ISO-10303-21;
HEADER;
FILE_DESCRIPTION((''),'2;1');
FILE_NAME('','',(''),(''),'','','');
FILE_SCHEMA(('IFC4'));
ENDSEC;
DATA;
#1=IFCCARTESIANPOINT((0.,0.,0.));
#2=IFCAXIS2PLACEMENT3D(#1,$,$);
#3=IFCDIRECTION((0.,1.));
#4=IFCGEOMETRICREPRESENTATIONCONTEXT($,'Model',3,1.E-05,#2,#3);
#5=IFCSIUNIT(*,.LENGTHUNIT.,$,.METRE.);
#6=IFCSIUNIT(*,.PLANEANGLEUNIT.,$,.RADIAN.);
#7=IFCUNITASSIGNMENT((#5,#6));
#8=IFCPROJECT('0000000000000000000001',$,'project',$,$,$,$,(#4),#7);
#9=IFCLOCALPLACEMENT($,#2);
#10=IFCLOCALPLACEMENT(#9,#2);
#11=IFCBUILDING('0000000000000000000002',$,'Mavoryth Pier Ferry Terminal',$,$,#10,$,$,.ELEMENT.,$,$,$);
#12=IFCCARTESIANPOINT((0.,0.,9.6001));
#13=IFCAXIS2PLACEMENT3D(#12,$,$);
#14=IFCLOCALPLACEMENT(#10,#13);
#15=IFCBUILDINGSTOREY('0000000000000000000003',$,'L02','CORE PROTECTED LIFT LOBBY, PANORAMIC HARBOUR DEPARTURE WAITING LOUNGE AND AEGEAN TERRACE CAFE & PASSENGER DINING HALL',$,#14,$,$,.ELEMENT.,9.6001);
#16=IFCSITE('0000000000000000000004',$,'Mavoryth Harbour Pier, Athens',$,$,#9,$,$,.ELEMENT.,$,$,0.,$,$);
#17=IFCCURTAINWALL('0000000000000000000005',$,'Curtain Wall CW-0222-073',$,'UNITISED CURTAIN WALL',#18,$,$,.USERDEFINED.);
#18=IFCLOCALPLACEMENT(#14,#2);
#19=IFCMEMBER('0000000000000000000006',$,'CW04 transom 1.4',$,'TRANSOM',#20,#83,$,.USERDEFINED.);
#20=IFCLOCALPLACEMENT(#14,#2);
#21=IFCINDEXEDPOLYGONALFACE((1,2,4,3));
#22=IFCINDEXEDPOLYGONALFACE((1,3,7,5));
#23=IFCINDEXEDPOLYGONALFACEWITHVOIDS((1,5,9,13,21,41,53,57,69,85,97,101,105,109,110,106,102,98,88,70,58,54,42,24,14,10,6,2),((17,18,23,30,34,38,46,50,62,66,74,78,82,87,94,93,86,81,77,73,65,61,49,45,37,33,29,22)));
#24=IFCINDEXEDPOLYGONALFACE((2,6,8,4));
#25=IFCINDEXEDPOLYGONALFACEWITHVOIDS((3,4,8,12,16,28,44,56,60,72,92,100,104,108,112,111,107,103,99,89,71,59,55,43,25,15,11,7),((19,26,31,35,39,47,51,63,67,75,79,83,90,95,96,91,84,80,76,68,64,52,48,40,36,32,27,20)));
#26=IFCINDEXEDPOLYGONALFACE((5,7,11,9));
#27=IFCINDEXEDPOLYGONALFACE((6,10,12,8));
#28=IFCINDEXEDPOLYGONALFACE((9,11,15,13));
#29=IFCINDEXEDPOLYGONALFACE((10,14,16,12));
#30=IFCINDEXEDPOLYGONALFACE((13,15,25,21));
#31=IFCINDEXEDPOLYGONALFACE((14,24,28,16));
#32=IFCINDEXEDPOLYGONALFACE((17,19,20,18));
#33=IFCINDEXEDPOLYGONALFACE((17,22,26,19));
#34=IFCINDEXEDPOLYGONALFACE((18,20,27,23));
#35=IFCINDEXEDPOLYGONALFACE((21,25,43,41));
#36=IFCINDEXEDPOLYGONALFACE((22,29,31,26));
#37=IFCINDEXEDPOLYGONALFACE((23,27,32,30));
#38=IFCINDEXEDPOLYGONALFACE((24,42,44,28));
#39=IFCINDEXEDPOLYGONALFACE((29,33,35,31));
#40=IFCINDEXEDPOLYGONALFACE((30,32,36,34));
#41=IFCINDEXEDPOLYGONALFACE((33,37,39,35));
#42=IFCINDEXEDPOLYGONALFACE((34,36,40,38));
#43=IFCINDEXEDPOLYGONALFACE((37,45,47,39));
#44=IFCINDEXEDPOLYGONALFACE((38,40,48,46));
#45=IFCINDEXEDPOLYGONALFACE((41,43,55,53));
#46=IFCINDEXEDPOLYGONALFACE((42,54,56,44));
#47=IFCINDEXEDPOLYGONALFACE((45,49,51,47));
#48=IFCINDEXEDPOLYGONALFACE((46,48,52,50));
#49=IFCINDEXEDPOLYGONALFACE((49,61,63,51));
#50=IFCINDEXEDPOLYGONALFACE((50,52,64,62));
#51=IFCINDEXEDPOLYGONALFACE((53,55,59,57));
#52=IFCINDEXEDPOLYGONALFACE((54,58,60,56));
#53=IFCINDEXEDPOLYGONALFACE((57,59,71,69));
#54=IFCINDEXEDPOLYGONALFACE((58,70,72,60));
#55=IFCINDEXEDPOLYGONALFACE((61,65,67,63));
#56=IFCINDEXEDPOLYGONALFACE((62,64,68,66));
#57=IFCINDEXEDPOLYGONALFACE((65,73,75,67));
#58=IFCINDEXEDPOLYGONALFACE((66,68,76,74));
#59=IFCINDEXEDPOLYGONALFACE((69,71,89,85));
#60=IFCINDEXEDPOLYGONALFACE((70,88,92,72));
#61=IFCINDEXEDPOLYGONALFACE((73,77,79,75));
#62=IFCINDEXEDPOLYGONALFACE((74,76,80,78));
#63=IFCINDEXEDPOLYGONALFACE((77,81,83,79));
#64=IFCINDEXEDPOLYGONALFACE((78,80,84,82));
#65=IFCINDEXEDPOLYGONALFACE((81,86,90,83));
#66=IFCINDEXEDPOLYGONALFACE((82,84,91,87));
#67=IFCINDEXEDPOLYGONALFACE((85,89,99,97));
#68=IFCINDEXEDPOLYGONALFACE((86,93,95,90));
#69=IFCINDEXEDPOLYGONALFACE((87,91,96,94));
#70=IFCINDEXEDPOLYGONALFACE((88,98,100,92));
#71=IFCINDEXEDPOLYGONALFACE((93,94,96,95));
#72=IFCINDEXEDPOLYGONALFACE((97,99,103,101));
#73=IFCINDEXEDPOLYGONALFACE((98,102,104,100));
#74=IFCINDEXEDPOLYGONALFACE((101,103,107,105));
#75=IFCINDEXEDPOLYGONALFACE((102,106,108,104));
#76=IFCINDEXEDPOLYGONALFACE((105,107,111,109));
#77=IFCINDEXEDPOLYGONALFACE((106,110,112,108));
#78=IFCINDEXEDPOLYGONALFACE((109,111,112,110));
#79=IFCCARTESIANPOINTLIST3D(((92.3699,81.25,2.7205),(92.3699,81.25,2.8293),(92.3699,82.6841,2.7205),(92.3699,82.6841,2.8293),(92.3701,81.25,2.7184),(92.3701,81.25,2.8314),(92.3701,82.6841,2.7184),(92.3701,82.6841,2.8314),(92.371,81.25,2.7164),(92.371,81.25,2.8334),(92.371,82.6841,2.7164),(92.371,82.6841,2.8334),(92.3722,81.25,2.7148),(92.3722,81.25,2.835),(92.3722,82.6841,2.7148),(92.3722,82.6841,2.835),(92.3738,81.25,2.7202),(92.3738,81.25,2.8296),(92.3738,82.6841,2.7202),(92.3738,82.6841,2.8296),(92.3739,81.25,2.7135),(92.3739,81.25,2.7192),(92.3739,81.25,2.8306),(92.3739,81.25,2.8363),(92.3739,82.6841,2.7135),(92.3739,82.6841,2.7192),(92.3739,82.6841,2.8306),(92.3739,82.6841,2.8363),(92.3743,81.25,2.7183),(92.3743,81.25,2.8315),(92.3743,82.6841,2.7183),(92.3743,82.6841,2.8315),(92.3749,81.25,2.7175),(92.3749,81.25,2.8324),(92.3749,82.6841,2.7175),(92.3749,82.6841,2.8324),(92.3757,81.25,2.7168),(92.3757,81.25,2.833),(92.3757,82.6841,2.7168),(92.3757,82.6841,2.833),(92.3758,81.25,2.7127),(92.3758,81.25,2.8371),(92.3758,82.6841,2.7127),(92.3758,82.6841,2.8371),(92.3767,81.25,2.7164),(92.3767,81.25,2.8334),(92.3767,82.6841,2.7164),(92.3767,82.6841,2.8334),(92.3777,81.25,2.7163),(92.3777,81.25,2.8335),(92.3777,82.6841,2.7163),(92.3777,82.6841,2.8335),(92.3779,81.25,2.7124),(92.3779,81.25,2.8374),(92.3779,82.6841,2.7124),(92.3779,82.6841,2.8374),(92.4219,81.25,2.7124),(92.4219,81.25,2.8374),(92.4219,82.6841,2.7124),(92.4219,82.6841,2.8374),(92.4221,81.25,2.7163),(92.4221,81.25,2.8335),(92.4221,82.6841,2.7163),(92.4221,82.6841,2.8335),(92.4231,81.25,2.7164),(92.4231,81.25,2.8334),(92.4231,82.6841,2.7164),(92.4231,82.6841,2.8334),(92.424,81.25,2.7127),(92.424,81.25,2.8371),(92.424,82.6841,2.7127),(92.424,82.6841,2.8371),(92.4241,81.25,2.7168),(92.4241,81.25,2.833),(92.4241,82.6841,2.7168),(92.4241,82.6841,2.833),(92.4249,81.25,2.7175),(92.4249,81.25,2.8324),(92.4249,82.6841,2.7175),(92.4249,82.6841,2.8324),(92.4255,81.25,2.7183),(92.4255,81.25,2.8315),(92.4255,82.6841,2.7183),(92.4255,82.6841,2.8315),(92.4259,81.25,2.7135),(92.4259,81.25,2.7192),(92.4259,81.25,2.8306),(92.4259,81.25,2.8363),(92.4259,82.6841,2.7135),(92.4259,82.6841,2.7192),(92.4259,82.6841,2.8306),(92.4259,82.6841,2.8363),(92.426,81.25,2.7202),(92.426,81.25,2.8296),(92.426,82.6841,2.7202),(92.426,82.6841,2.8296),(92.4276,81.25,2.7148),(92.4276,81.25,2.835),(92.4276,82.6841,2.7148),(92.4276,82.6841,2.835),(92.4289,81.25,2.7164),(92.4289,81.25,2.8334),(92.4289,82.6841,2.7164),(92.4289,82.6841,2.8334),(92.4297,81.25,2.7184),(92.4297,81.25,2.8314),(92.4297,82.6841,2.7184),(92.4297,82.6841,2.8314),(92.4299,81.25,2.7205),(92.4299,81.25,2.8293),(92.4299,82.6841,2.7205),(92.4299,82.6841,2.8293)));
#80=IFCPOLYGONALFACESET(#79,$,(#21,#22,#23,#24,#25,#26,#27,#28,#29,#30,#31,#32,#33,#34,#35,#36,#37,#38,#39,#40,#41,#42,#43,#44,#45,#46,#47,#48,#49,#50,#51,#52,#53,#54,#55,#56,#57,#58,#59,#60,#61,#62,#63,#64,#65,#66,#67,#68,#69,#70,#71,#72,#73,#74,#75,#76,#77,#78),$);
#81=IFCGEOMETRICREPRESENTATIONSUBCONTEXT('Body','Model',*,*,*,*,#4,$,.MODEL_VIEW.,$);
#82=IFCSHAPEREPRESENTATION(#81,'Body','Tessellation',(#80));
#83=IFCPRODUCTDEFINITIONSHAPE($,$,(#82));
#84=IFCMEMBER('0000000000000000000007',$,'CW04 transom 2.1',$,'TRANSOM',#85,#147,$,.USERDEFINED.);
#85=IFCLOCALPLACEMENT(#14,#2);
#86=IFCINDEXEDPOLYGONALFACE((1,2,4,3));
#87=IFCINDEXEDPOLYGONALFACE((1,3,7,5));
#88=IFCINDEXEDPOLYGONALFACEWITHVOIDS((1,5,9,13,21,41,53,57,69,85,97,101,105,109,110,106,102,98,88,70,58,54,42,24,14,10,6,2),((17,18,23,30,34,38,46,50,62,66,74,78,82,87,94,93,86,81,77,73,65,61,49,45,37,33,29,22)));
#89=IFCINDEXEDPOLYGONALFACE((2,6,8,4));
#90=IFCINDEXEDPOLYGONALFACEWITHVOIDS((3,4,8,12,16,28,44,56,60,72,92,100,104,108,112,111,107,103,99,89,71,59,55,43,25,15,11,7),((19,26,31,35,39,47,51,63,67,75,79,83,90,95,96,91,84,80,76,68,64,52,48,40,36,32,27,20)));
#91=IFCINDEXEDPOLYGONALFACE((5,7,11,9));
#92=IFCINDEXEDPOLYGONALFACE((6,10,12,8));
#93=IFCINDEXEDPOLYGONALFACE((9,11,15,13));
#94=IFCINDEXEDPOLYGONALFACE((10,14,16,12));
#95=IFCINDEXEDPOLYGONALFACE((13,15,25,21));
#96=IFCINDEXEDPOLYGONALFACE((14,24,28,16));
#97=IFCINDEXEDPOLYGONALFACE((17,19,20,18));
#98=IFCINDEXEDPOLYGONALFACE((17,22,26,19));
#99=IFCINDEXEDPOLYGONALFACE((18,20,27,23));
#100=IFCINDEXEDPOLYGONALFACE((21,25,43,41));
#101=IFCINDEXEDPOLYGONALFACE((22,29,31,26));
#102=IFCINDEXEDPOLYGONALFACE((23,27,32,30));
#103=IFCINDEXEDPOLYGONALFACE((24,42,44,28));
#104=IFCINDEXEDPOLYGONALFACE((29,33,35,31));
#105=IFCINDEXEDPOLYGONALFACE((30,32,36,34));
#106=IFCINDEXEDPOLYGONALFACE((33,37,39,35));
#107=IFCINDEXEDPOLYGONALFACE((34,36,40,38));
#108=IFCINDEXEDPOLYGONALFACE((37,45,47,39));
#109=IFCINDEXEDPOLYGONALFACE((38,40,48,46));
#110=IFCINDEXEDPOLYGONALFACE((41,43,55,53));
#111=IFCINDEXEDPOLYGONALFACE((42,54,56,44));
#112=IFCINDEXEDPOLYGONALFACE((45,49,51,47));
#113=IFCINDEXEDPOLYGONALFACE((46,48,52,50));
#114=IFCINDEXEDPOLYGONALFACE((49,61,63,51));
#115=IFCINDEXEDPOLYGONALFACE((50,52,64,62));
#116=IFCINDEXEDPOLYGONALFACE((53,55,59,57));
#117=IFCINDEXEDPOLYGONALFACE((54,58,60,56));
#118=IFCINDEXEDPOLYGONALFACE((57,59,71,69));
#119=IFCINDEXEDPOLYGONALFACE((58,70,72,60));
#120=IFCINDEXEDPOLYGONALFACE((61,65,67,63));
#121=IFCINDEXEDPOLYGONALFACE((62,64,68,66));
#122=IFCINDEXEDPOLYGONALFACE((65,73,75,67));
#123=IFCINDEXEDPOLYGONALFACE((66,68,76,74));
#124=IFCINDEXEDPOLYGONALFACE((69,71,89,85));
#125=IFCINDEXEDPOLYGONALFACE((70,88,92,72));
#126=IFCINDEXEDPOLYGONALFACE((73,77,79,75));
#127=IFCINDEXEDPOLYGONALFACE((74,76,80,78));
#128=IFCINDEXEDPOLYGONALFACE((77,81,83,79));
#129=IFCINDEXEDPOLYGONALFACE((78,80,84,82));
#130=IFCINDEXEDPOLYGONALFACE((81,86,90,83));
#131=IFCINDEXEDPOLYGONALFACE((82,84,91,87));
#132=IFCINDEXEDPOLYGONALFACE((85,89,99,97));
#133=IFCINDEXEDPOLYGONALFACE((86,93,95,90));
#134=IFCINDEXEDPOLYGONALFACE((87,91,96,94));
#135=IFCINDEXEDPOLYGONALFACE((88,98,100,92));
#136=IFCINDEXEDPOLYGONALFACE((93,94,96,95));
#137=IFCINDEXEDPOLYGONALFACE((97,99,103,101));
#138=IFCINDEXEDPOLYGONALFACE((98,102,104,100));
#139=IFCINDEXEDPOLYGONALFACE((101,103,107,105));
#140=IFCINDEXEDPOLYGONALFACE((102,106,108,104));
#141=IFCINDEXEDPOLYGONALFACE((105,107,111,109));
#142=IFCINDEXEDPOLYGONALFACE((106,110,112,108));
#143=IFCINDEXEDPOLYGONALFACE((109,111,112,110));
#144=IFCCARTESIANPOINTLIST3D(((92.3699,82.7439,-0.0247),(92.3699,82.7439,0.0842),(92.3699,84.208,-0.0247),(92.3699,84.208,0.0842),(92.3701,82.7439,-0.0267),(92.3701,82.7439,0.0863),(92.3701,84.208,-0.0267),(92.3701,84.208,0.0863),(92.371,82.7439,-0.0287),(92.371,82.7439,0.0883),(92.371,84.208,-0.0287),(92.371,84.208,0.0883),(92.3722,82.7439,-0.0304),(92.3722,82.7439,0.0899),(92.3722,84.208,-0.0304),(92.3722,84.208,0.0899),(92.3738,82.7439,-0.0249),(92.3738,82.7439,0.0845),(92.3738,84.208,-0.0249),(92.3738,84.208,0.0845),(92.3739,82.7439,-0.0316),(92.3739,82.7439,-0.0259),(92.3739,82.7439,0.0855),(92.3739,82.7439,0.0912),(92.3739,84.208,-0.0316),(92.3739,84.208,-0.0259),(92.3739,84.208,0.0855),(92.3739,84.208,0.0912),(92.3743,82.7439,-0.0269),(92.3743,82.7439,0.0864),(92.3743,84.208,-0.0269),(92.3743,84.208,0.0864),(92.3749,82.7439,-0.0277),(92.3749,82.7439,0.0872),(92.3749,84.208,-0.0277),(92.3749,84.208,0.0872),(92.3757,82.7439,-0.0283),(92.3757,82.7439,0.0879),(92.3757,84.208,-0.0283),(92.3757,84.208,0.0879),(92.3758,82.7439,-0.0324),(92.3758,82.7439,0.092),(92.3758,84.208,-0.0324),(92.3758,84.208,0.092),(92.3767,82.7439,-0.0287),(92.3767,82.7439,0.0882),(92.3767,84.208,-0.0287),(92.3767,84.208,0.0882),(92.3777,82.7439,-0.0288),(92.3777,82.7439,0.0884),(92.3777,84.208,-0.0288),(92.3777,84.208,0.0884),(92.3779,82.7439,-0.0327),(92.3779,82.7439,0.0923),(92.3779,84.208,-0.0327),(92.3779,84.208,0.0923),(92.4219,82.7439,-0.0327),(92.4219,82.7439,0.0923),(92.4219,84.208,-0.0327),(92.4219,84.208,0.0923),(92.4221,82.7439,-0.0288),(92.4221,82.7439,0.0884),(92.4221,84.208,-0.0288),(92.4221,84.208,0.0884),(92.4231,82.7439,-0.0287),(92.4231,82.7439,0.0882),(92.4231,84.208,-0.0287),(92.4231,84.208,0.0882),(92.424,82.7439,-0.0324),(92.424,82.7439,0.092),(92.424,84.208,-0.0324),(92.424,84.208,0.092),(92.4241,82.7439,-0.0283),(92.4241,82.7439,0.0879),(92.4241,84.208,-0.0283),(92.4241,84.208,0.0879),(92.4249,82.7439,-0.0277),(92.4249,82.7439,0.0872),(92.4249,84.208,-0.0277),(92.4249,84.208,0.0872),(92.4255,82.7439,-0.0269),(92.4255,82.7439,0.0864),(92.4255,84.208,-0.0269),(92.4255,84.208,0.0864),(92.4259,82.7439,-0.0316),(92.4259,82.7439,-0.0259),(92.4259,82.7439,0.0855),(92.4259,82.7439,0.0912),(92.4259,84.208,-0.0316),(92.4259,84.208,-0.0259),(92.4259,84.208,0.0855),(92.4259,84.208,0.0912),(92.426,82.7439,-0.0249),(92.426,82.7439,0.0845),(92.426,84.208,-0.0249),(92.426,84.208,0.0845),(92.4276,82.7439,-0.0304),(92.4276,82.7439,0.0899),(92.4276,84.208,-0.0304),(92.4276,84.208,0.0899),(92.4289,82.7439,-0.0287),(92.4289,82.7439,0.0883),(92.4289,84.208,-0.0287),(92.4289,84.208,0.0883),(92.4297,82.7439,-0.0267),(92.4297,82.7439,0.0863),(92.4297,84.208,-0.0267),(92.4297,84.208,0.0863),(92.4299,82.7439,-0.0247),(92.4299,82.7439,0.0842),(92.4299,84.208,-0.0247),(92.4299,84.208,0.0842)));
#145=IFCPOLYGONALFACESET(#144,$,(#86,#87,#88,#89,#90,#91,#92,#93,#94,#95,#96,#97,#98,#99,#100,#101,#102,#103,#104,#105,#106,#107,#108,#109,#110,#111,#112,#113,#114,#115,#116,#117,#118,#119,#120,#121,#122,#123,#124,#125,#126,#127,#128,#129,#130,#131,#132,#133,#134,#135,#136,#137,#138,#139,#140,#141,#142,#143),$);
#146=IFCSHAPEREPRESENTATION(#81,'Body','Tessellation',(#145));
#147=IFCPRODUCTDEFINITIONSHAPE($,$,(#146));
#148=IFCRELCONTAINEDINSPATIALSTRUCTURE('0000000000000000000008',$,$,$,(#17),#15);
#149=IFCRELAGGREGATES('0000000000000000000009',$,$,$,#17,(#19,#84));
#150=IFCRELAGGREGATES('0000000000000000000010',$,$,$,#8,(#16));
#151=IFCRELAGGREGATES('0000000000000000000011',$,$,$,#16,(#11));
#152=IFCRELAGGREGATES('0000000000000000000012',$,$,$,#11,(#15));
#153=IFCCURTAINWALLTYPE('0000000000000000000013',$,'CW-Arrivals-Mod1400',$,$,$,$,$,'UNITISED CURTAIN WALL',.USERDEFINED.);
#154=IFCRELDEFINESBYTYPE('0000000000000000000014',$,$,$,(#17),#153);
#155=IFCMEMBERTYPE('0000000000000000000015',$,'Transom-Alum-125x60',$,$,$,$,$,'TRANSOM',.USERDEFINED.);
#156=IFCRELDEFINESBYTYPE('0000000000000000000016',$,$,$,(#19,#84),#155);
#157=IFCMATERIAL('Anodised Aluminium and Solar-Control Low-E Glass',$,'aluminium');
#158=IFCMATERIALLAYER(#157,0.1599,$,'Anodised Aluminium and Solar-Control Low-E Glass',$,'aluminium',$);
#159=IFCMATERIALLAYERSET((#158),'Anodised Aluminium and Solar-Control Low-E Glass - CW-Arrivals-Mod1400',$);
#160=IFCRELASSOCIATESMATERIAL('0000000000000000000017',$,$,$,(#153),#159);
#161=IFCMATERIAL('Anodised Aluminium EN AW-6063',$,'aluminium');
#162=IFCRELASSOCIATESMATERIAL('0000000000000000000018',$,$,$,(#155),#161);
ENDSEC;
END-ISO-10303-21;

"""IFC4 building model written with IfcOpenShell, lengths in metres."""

from ifc_helpers import new_model, si_unit, direction, frame, origin, origin_2d, place, context, subcontext, project, spatial, hollow_rectangle, extrude, material, layer, layer_set, material_profile, profile_set, type_object, element, aggregate, save


model = new_model("IFC4")

# Units and contexts
model_context = context("Model", 3, precision=1e-05, world=origin(), true_north=direction((0.0, 1.0)))
body_context = subcontext(model_context, "Body", "Model", "MODEL_VIEW")
ifc_project = project(units=[si_unit("LENGTHUNIT", "METRE"), si_unit("PLANEANGLEUNIT", "RADIAN")], contexts=[model_context])

# Site, building, storey
site_placement = place(None, origin())
site = spatial("IfcSite", under=ifc_project, at=site_placement, Name="Mavoryth Harbour Pier, Athens", CompositionType="ELEMENT", RefElevation=0.0)
building_placement = place(site_placement, origin())
building = spatial("IfcBuilding", under=site, at=building_placement, Name="Mavoryth Pier Ferry Terminal", CompositionType="ELEMENT")
storey_placement = place(building_placement, frame((0.0, 0.0, 9.6001)))
storey = spatial("IfcBuildingStorey", under=building, at=storey_placement, Name="L02", Description="CORE PROTECTED LIFT LOBBY, PANORAMIC HARBOUR DEPARTURE WAITING LOUNGE AND AEGEAN TERRACE CAFE & PASSENGER DINING HALL", CompositionType="ELEMENT", Elevation=9.6001)

# Curtain wall
ifc_material_1 = material(Name="Anodised Aluminium and Solar-Control Low-E Glass", Category="aluminium")
ifc_layer_1 = layer(ifc_material_1, 0.1599, Name="Anodised Aluminium and Solar-Control Low-E Glass", Category="aluminium")
ifc_layer_set_1 = layer_set([ifc_layer_1], Name="Anodised Aluminium and Solar-Control Low-E Glass - CW-Arrivals-Mod1400")
curtain_wall_type = type_object("IfcCurtainWallType", Name="CW-Arrivals-Mod1400", ElementType="UNITISED CURTAIN WALL", PredefinedType="USERDEFINED", material=ifc_layer_set_1)
ifc_material_2 = material(Name="Anodised Aluminium EN AW-6063", Category="aluminium")
curtain_wall_1_placement = place(storey_placement, origin())
curtain_wall_1 = element("IfcCurtainWall", 1, at=curtain_wall_1_placement, inside=storey, type_object=curtain_wall_type, Name="Curtain Wall CW-0222-073", ObjectType="UNITISED CURTAIN WALL", PredefinedType="USERDEFINED")

# Members
ifc_material_profile_1 = material_profile(ifc_material_2, hollow_rectangle(XDim=0.0601, YDim=0.125, WallThickness=0.0039, InnerFilletRadius=0.0039, OuterFilletRadius=0.0081, at=origin_2d()), Name="AL-TRAN 125x60x4", Category="aluminium")
ifc_profile_set_1 = profile_set([ifc_material_profile_1], Name="Anodised Aluminium EN AW-6063 - AL-TRAN 125x60x4")
member_type_1 = type_object("IfcMemberType", Name="Transom-Alum-125x60", ElementType="TRANSOM", PredefinedType="USERDEFINED", material=ifc_profile_set_1)
member_1_placement = place(storey_placement, frame((92.3999, 81.25, 2.7749), z_axis=(0.0, 1.0, 0.0), x_axis=(-1.0, 0.0, 0.0)))
member_1 = element("IfcMember", 2, at=member_1_placement, type_object=member_type_1, Name="CW04 transom 1.4", ObjectType="TRANSOM", PredefinedType="USERDEFINED", context=body_context, shape_type="SweptSolid", body=[
    extrude(hollow_rectangle(XDim=0.0601, YDim=0.125, WallThickness=0.0039, InnerFilletRadius=0.0039, OuterFilletRadius=0.0081, at=origin_2d()), origin(), (0.0, 0.0, 1.0), 1.4341),
])
member_2_placement = place(storey_placement, frame((92.3999, 82.7439, 0.0298), z_axis=(0.0, 1.0, 0.0), x_axis=(-1.0, 0.0, 0.0)))
member_2 = element("IfcMember", 3, at=member_2_placement, type_object=member_type_1, Name="CW04 transom 2.1", ObjectType="TRANSOM", PredefinedType="USERDEFINED", context=body_context, shape_type="SweptSolid", body=[
    extrude(hollow_rectangle(XDim=0.0601, YDim=0.125, WallThickness=0.0039, InnerFilletRadius=0.0039, OuterFilletRadius=0.0081, at=origin_2d()), origin(), (0.0, 0.0, 1.0), 1.4641),
])

aggregate(curtain_wall_1, [member_1, member_2])

save(model, "model.ifc")
